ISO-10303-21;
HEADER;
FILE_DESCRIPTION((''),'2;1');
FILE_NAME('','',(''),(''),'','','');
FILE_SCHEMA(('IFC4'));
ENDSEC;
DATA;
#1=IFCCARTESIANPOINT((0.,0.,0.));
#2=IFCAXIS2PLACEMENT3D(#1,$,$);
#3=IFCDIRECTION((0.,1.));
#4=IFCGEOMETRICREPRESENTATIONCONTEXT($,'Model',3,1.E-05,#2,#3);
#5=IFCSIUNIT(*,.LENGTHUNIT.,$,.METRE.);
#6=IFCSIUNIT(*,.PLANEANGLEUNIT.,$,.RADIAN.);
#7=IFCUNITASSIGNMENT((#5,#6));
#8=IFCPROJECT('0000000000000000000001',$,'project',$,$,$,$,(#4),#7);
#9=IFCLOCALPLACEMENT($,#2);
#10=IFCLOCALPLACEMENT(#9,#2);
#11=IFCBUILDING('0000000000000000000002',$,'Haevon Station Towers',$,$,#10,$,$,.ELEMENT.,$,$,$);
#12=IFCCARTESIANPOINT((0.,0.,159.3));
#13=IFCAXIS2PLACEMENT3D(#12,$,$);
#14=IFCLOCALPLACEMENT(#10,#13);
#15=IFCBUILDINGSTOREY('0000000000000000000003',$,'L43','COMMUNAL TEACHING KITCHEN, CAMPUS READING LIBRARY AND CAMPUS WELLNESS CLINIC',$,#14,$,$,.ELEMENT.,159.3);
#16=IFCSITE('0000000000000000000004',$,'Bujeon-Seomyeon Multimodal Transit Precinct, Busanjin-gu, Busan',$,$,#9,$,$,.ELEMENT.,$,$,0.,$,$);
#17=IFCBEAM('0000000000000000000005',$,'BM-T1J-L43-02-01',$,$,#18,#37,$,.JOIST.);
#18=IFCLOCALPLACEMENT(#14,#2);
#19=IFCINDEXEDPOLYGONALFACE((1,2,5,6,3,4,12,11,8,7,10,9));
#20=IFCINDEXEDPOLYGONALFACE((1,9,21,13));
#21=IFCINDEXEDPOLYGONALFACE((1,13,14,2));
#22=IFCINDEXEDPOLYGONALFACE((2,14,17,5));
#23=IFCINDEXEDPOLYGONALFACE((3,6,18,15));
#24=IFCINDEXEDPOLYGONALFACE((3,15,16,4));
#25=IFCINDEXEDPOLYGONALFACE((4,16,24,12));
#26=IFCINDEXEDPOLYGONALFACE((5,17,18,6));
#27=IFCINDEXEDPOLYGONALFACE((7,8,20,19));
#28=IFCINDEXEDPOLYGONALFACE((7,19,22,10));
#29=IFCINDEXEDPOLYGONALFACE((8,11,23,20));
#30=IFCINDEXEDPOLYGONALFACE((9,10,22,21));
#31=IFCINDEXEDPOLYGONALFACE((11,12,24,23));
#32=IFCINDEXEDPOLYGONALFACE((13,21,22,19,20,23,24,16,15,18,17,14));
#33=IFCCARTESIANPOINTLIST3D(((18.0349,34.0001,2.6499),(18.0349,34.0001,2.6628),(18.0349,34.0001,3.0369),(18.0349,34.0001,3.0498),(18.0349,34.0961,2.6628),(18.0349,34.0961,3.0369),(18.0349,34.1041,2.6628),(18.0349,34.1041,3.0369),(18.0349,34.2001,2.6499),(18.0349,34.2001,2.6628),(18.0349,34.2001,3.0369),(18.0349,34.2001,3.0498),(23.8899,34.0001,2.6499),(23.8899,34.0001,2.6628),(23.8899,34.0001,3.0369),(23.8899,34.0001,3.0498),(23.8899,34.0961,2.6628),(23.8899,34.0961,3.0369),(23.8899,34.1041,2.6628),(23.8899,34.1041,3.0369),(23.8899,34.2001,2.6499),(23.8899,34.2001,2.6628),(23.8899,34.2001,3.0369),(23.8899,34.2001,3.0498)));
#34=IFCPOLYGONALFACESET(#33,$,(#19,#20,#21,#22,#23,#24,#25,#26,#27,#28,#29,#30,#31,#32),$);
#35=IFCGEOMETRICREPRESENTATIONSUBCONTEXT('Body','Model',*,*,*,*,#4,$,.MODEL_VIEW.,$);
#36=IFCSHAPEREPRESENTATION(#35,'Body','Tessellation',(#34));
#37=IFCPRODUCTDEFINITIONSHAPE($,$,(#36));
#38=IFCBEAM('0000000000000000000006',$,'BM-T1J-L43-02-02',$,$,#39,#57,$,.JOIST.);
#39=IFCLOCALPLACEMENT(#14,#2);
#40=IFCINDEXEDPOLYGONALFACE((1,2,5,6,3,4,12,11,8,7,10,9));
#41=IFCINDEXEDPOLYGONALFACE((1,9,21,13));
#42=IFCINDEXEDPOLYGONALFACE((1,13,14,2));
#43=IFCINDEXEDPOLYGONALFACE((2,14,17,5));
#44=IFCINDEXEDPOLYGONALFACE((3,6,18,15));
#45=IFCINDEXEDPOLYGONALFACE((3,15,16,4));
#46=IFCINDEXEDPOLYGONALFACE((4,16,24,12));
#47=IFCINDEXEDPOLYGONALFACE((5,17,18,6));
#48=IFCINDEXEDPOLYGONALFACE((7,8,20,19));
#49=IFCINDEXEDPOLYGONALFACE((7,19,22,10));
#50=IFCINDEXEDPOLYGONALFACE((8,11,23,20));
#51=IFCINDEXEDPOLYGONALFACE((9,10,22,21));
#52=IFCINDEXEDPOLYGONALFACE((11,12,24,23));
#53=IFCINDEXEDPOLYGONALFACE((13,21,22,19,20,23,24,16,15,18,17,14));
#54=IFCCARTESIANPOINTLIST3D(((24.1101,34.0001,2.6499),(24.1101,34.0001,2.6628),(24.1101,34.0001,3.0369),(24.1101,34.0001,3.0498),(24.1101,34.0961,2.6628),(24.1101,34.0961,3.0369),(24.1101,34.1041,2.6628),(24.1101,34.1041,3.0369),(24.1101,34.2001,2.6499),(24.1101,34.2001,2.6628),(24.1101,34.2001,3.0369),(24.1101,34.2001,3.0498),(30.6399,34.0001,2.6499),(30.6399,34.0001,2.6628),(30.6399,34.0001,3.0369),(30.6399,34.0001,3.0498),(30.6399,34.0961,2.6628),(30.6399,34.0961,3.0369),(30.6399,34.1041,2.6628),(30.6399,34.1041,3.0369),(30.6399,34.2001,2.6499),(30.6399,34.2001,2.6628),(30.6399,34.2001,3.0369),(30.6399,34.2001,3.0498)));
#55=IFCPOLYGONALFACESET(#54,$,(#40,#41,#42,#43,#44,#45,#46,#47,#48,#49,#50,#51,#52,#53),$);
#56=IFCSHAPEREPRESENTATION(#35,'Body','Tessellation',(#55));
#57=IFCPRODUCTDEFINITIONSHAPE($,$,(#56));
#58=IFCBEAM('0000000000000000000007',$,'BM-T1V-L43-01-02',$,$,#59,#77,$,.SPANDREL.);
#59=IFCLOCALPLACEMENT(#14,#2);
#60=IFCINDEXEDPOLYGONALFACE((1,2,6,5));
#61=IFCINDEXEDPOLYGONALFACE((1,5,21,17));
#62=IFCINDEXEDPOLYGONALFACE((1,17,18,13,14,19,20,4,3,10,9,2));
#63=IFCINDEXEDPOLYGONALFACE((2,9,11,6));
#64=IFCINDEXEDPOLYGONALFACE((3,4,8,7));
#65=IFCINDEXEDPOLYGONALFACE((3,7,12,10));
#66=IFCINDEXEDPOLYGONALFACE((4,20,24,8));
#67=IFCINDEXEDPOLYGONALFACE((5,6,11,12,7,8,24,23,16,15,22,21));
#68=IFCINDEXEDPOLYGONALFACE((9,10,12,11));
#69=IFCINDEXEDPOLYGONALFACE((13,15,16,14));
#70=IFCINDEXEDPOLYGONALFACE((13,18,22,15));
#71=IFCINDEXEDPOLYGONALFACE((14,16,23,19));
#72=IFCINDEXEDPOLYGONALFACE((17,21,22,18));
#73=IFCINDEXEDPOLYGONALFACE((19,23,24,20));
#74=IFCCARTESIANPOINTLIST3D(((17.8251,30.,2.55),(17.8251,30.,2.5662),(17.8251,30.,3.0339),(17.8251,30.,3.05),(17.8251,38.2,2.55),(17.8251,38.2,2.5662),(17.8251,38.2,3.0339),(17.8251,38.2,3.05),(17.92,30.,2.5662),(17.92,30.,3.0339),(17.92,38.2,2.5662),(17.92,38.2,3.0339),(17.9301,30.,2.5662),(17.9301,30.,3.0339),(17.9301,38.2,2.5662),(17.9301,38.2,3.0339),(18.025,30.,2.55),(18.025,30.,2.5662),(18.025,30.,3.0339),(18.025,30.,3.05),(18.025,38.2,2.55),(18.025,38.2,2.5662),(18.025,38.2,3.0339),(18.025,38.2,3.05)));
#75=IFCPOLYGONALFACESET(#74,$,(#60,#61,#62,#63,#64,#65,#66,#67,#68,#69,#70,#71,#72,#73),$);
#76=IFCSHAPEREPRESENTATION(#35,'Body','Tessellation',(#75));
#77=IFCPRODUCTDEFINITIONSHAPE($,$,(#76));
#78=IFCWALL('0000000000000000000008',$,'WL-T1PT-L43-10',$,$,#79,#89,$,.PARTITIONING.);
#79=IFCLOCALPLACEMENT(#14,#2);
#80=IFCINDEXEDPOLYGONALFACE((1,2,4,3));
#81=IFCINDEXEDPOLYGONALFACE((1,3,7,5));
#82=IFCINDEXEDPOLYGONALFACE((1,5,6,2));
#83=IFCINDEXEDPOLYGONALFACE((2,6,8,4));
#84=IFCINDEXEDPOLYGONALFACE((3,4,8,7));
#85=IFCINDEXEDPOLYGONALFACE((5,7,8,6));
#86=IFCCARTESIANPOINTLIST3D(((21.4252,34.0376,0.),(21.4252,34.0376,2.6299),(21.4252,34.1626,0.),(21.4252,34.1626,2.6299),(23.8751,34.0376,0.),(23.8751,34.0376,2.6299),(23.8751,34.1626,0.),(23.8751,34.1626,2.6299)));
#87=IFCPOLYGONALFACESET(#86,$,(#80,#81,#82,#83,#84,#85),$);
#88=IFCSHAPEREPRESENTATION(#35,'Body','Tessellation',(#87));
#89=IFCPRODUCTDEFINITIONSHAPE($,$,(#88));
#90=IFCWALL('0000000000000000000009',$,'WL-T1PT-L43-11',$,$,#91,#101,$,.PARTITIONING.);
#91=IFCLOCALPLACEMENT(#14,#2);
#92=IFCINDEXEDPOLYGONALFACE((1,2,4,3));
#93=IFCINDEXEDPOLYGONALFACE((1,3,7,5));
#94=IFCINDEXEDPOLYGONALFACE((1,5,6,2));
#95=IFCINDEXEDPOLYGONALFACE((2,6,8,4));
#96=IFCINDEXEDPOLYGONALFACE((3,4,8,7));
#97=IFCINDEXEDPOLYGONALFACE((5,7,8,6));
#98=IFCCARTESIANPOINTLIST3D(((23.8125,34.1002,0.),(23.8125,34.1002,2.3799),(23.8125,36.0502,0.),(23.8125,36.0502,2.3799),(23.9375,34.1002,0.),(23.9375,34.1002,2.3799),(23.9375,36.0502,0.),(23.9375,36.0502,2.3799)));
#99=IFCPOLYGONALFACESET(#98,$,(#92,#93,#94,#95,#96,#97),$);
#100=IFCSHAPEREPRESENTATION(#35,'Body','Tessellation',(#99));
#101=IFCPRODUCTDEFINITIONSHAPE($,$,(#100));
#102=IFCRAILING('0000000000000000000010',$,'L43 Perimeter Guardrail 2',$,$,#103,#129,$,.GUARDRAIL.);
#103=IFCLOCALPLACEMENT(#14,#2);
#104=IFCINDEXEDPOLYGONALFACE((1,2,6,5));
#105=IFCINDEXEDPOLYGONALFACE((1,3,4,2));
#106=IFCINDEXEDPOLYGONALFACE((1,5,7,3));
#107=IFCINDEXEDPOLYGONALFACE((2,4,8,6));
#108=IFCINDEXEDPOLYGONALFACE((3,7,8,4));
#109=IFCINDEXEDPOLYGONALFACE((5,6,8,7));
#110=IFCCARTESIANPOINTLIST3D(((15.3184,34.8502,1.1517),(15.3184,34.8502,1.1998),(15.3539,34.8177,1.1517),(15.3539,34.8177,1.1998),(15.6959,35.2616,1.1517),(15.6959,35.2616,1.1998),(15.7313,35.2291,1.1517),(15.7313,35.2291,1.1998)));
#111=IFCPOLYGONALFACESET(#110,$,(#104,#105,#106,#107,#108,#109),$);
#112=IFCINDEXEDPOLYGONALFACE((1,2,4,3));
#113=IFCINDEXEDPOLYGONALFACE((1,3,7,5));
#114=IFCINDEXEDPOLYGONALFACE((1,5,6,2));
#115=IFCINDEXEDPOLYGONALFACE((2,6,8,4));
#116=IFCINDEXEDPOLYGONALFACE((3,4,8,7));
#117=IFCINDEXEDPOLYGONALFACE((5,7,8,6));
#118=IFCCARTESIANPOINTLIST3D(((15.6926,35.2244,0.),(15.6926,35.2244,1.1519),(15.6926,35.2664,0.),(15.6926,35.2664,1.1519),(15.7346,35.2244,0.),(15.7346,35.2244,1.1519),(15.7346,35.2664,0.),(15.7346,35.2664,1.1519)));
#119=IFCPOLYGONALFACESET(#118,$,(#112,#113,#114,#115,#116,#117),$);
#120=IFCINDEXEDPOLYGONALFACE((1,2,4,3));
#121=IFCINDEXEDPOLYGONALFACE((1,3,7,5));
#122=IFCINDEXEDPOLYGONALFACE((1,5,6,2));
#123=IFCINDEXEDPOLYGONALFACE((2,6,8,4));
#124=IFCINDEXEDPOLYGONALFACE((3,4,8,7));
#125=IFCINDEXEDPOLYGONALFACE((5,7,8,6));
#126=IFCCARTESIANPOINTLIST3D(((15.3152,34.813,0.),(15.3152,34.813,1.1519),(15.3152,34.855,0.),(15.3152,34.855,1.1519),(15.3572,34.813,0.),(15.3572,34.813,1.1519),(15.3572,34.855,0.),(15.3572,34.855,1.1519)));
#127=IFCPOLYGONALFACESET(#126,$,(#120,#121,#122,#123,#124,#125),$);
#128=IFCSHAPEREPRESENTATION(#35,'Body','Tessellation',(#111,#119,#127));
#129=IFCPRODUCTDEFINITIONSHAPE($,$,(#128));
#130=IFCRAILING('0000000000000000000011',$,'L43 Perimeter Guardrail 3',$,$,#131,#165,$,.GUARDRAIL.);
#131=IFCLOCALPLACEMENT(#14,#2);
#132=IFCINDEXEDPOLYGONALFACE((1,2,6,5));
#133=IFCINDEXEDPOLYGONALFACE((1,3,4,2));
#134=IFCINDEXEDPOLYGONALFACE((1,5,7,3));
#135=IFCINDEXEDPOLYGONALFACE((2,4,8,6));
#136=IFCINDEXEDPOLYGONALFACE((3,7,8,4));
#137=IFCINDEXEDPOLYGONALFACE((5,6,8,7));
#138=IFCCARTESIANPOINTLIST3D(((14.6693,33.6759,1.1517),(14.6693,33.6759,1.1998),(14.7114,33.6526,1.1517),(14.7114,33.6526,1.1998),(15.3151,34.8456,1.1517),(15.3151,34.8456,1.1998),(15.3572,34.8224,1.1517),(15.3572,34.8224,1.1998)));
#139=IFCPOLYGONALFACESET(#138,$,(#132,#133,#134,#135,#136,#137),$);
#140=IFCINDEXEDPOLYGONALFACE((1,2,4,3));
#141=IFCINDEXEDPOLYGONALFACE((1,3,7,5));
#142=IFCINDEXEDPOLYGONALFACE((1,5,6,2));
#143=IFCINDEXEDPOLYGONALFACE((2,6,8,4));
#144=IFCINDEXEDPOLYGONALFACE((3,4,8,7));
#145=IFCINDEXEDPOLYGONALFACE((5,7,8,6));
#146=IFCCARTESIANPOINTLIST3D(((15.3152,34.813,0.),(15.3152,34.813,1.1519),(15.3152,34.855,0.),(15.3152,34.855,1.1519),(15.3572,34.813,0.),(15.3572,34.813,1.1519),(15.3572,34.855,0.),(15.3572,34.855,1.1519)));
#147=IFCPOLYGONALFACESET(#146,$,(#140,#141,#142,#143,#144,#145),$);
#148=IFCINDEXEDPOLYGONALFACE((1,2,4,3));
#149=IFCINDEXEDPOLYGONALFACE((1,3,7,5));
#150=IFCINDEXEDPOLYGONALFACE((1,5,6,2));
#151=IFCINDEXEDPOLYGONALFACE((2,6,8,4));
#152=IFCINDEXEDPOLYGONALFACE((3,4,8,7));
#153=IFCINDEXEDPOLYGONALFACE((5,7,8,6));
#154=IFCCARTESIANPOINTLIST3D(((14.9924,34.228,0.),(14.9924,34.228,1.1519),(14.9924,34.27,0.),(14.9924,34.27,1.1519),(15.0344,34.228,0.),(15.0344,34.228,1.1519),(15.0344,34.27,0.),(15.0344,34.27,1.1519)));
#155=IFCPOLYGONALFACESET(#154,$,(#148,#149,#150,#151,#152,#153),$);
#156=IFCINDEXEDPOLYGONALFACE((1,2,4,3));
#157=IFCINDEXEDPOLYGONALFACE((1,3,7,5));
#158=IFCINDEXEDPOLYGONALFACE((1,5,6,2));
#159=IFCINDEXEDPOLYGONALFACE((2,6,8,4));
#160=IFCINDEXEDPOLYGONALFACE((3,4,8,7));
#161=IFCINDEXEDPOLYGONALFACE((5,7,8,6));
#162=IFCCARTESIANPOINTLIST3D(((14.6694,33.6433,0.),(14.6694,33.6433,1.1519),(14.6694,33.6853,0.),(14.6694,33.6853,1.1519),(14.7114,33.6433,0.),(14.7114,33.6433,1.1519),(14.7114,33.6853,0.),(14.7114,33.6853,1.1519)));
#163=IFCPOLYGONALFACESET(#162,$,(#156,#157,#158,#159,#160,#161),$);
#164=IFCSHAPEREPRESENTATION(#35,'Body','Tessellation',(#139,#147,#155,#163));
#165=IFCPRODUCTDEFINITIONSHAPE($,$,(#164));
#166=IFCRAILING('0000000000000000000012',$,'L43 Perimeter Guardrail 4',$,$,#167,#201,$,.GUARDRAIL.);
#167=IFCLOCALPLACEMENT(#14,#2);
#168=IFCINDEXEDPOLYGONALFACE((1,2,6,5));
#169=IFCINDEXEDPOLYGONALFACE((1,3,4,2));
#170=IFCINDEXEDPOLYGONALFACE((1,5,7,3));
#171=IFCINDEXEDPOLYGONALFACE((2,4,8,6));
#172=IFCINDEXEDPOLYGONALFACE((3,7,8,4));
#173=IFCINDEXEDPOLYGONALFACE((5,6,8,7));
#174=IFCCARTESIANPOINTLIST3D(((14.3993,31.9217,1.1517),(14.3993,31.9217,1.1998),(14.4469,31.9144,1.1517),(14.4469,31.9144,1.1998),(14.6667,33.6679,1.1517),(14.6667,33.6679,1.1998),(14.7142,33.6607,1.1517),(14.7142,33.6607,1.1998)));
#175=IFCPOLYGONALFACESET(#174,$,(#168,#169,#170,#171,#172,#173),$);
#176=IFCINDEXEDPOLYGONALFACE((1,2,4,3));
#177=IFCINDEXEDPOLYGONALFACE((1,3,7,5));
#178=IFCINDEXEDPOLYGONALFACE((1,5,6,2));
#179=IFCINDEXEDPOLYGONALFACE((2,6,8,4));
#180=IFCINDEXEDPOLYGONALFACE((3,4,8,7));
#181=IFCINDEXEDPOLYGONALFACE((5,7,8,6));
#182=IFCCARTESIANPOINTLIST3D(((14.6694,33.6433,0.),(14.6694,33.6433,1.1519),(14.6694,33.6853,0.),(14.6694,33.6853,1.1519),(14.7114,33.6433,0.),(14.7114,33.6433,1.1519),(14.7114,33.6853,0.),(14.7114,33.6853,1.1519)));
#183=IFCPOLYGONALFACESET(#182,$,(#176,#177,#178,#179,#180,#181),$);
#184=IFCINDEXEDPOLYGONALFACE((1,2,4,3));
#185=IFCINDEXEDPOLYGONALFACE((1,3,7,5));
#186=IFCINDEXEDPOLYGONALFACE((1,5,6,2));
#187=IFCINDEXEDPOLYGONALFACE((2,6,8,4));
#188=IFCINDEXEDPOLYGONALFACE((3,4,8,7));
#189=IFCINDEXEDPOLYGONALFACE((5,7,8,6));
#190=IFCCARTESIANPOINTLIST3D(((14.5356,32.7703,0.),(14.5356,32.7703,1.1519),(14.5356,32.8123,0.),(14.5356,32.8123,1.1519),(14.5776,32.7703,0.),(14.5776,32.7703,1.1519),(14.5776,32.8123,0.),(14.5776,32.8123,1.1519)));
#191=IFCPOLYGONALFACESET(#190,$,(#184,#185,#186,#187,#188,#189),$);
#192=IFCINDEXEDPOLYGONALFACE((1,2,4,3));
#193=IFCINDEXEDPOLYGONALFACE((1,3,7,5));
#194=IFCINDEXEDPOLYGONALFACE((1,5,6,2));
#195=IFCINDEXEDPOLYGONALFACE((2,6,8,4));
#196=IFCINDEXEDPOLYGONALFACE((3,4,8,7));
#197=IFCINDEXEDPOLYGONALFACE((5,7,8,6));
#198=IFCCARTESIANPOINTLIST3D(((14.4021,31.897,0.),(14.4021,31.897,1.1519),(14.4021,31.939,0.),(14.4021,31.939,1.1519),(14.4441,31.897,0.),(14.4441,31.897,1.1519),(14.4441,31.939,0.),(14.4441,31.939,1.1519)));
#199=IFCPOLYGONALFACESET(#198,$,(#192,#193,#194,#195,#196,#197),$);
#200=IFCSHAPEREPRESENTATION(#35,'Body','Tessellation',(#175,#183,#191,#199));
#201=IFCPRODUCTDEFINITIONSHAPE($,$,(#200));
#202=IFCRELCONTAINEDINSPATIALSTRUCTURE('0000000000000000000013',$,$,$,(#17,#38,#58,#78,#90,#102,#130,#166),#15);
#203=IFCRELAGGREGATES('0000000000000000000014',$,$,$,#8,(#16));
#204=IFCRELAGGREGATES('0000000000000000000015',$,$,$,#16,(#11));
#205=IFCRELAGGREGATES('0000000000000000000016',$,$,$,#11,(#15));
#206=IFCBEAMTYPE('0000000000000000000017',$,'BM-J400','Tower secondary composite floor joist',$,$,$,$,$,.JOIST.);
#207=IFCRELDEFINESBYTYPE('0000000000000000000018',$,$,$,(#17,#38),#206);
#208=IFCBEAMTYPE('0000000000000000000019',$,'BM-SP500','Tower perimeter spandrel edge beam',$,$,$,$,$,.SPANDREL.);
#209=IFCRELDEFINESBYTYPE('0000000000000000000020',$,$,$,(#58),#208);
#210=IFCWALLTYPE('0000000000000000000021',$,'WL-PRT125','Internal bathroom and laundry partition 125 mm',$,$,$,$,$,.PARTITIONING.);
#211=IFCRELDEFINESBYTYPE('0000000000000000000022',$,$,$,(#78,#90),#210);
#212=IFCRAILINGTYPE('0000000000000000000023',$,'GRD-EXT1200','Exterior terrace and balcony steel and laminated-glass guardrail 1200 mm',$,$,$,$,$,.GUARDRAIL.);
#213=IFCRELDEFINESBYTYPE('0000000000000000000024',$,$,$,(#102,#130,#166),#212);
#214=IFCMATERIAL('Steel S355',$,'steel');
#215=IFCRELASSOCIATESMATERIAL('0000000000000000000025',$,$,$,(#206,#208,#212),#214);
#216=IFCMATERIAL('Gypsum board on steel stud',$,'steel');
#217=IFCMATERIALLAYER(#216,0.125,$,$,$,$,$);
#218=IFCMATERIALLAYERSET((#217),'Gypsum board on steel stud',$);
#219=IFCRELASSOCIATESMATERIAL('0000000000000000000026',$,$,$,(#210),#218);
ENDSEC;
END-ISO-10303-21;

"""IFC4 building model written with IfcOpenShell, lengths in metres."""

from ifc_helpers import new_model, si_unit, direction, frame, frame_2d, origin, origin_2d, place, context, subcontext, project, spatial, rectangle, i_section, extrude, material, layer, layer_set, material_profile, profile_set, type_object, element, save


model = new_model("IFC4")

# Units and contexts
model_context = context("Model", 3, precision=1e-05, world=origin(), true_north=direction((0.0, 1.0)))
body_context = subcontext(model_context, "Body", "Model", "MODEL_VIEW")
ifc_project = project(units=[si_unit("LENGTHUNIT", "METRE"), si_unit("PLANEANGLEUNIT", "RADIAN")], contexts=[model_context])

# Site, building, storey
site_placement = place(None, origin())
site = spatial("IfcSite", under=ifc_project, at=site_placement, Name="Bujeon-Seomyeon Multimodal Transit Precinct, Busanjin-gu, Busan", CompositionType="ELEMENT", RefElevation=0.0)
building_placement = place(site_placement, origin())
building = spatial("IfcBuilding", under=site, at=building_placement, Name="Haevon Station Towers", CompositionType="ELEMENT")
storey_placement = place(building_placement, frame((0.0, 0.0, 159.3)))
storey = spatial("IfcBuildingStorey", under=building, at=storey_placement, Name="L43", Description="COMMUNAL TEACHING KITCHEN, CAMPUS READING LIBRARY AND CAMPUS WELLNESS CLINIC", CompositionType="ELEMENT", Elevation=159.3)

# Shared definitions
ifc_material_1 = material(Name="Steel S355", Category="steel")

# Beams
ifc_material_profile_1 = material_profile(ifc_material_1, i_section(OverallWidth=0.2, OverallDepth=0.3999, WebThickness=0.0081, FlangeThickness=0.0129, at=origin_2d()), Name="H-400x200x8x13")
ifc_profile_set_1 = profile_set([ifc_material_profile_1], Name="Steel S355")
beam_type_1 = type_object("IfcBeamType", Name="BM-J400", Description="Tower secondary composite floor joist", PredefinedType="JOIST", material=ifc_profile_set_1)
beam_1_placement = place(storey_placement, frame((18.0349, 34.1001, 2.8499), z_axis=(1.0, 0.0, 0.0), x_axis=(0.0, 1.0, 0.0)))
element("IfcBeam", 1, at=beam_1_placement, inside=storey, type_object=beam_type_1, Name="BM-T1J-L43-02-01", PredefinedType="JOIST", context=body_context, shape_type="SweptSolid", body=[
    extrude(i_section(OverallWidth=0.2, OverallDepth=0.3999, WebThickness=0.0081, FlangeThickness=0.0129, at=origin_2d()), origin(), (0.0, 0.0, 1.0), 5.855),
])
beam_2_placement = place(storey_placement, frame((24.1101, 34.1001, 2.8499), z_axis=(1.0, 0.0, 0.0), x_axis=(0.0, 1.0, 0.0)))
element("IfcBeam", 2, at=beam_2_placement, inside=storey, type_object=beam_type_1, Name="BM-T1J-L43-02-02", PredefinedType="JOIST", context=body_context, shape_type="SweptSolid", body=[
    extrude(i_section(OverallWidth=0.2, OverallDepth=0.3999, WebThickness=0.0081, FlangeThickness=0.0129, at=origin_2d()), origin(), (0.0, 0.0, 1.0), 6.5298),
])
ifc_material_profile_2 = material_profile(ifc_material_1, i_section(OverallWidth=0.2, OverallDepth=0.5, WebThickness=0.01, FlangeThickness=0.0161, at=origin_2d()), Name="H-500x200x10x16")
ifc_profile_set_2 = profile_set([ifc_material_profile_2], Name="Steel S355")
beam_type_2 = type_object("IfcBeamType", Name="BM-SP500", Description="Tower perimeter spandrel edge beam", PredefinedType="SPANDREL", material=ifc_profile_set_2)
beam_3_placement = place(storey_placement, frame((17.925, 30.0, 2.8), z_axis=(0.0, 1.0, 0.0), x_axis=(-1.0, 0.0, 0.0)))
element("IfcBeam", 3, at=beam_3_placement, inside=storey, type_object=beam_type_2, Name="BM-T1V-L43-01-02", PredefinedType="SPANDREL", context=body_context, shape_type="SweptSolid", body=[
    extrude(i_section(OverallWidth=0.2, OverallDepth=0.5, WebThickness=0.01, FlangeThickness=0.0161, at=origin_2d()), origin(), (0.0, 0.0, 1.0), 8.2),
])

# Walls
ifc_material_2 = material(Name="Gypsum board on steel stud", Category="steel")
ifc_layer = layer(ifc_material_2, 0.125)
ifc_layer_set = layer_set([ifc_layer], Name="Gypsum board on steel stud")
wall_type = type_object("IfcWallType", Name="WL-PRT125", Description="Internal bathroom and laundry partition 125 mm", PredefinedType="PARTITIONING", material=ifc_layer_set)
wall_1_placement = place(storey_placement, frame((21.425, 34.1001, 0.0), z_axis=(0.0, 0.0, 1.0), x_axis=(1.0, 0.0, 0.0)))
element("IfcWall", 4, at=wall_1_placement, inside=storey, type_object=wall_type, Name="WL-T1PT-L43-10", PredefinedType="PARTITIONING", context=body_context, shape_type="SweptSolid", body=[
    extrude(rectangle(XDim=2.45, YDim=0.125, at=frame_2d((1.2251, 0.0))), origin(), (0.0, 0.0, 1.0), 2.6299),
])
wall_2_placement = place(storey_placement, frame((23.875, 34.1001, 0.0), z_axis=(0.0, 0.0, 1.0), x_axis=(0.0, 1.0, 0.0)))
element("IfcWall", 5, at=wall_2_placement, inside=storey, type_object=wall_type, Name="WL-T1PT-L43-11", PredefinedType="PARTITIONING", context=body_context, shape_type="SweptSolid", body=[
    extrude(rectangle(XDim=1.95, YDim=0.125, at=frame_2d((0.9751, 0.0))), origin(), (0.0, 0.0, 1.0), 2.3799),
])

# Railings
railing_type = type_object("IfcRailingType", Name="GRD-EXT1200", Description="Exterior terrace and balcony steel and laminated-glass guardrail 1200 mm", PredefinedType="GUARDRAIL", material=ifc_material_1)
railing_1_placement = place(storey_placement, frame((15.7136, 35.2454, 0.0)))
element("IfcRailing", 6, at=railing_1_placement, inside=storey, type_object=railing_type, Name="L43 Perimeter Guardrail 2", PredefinedType="GUARDRAIL", context=body_context, shape_type="SweptSolid", body=[
    extrude(rectangle(XDim=0.0481, YDim=0.0481, at=origin_2d()), frame((0.0, 0.0, 1.1758), z_axis=(-0.676061, -0.736845, 0.0), x_axis=(0.736845, -0.676061, 0.0)), (0.0, 0.0, 1.0), 0.5583),
    extrude(rectangle(XDim=0.042, YDim=0.042, at=origin_2d()), origin(), (0.0, 0.0, 1.0), 1.1519),
    extrude(rectangle(XDim=0.042, YDim=0.042, at=origin_2d()), frame((-0.3774, -0.4114, 0.0)), (0.0, 0.0, 1.0), 1.1519),
])
railing_2_placement = place(storey_placement, frame((15.3362, 34.834, 0.0)))
element("IfcRailing", 7, at=railing_2_placement, inside=storey, type_object=railing_type, Name="L43 Perimeter Guardrail 3", PredefinedType="GUARDRAIL", context=body_context, shape_type="SweptSolid", body=[
    extrude(rectangle(XDim=0.0481, YDim=0.0481, at=origin_2d()), frame((0.0, 0.0, 1.1758), z_axis=(-0.483314, -0.875447, 0.0), x_axis=(0.875447, -0.483314, 0.0)), (0.0, 0.0, 1.0), 1.3362),
    extrude(rectangle(XDim=0.042, YDim=0.042, at=origin_2d()), origin(), (0.0, 0.0, 1.0), 1.1519),
    extrude(rectangle(XDim=0.042, YDim=0.042, at=origin_2d()), frame((-0.3228, -0.585, 0.0)), (0.0, 0.0, 1.0), 1.1519),
    extrude(rectangle(XDim=0.042, YDim=0.042, at=origin_2d()), frame((-0.6458, -1.1697, 0.0)), (0.0, 0.0, 1.0), 1.1519),
])
railing_3_placement = place(storey_placement, frame((14.6904, 33.6643, 0.0)))
element("IfcRailing", 8, at=railing_3_placement, inside=storey, type_object=railing_type, Name="L43 Perimeter Guardrail 4", PredefinedType="GUARDRAIL", context=body_context, shape_type="SweptSolid", body=[
    extrude(rectangle(XDim=0.0481, YDim=0.0481, at=origin_2d()), frame((0.0, 0.0, 1.1758), z_axis=(-0.15132, -0.988485, 0.0), x_axis=(0.988485, -0.15132, 0.0)), (0.0, 0.0, 1.0), 1.7666),
    extrude(rectangle(XDim=0.042, YDim=0.042, at=origin_2d()), origin(), (0.0, 0.0, 1.0), 1.1519),
    extrude(rectangle(XDim=0.042, YDim=0.042, at=origin_2d()), frame((-0.1338, -0.873, 0.0)), (0.0, 0.0, 1.0), 1.1519),
    extrude(rectangle(XDim=0.042, YDim=0.042, at=origin_2d()), frame((-0.2673, -1.7463, 0.0)), (0.0, 0.0, 1.0), 1.1519),
])

save(model, "model.ifc")
